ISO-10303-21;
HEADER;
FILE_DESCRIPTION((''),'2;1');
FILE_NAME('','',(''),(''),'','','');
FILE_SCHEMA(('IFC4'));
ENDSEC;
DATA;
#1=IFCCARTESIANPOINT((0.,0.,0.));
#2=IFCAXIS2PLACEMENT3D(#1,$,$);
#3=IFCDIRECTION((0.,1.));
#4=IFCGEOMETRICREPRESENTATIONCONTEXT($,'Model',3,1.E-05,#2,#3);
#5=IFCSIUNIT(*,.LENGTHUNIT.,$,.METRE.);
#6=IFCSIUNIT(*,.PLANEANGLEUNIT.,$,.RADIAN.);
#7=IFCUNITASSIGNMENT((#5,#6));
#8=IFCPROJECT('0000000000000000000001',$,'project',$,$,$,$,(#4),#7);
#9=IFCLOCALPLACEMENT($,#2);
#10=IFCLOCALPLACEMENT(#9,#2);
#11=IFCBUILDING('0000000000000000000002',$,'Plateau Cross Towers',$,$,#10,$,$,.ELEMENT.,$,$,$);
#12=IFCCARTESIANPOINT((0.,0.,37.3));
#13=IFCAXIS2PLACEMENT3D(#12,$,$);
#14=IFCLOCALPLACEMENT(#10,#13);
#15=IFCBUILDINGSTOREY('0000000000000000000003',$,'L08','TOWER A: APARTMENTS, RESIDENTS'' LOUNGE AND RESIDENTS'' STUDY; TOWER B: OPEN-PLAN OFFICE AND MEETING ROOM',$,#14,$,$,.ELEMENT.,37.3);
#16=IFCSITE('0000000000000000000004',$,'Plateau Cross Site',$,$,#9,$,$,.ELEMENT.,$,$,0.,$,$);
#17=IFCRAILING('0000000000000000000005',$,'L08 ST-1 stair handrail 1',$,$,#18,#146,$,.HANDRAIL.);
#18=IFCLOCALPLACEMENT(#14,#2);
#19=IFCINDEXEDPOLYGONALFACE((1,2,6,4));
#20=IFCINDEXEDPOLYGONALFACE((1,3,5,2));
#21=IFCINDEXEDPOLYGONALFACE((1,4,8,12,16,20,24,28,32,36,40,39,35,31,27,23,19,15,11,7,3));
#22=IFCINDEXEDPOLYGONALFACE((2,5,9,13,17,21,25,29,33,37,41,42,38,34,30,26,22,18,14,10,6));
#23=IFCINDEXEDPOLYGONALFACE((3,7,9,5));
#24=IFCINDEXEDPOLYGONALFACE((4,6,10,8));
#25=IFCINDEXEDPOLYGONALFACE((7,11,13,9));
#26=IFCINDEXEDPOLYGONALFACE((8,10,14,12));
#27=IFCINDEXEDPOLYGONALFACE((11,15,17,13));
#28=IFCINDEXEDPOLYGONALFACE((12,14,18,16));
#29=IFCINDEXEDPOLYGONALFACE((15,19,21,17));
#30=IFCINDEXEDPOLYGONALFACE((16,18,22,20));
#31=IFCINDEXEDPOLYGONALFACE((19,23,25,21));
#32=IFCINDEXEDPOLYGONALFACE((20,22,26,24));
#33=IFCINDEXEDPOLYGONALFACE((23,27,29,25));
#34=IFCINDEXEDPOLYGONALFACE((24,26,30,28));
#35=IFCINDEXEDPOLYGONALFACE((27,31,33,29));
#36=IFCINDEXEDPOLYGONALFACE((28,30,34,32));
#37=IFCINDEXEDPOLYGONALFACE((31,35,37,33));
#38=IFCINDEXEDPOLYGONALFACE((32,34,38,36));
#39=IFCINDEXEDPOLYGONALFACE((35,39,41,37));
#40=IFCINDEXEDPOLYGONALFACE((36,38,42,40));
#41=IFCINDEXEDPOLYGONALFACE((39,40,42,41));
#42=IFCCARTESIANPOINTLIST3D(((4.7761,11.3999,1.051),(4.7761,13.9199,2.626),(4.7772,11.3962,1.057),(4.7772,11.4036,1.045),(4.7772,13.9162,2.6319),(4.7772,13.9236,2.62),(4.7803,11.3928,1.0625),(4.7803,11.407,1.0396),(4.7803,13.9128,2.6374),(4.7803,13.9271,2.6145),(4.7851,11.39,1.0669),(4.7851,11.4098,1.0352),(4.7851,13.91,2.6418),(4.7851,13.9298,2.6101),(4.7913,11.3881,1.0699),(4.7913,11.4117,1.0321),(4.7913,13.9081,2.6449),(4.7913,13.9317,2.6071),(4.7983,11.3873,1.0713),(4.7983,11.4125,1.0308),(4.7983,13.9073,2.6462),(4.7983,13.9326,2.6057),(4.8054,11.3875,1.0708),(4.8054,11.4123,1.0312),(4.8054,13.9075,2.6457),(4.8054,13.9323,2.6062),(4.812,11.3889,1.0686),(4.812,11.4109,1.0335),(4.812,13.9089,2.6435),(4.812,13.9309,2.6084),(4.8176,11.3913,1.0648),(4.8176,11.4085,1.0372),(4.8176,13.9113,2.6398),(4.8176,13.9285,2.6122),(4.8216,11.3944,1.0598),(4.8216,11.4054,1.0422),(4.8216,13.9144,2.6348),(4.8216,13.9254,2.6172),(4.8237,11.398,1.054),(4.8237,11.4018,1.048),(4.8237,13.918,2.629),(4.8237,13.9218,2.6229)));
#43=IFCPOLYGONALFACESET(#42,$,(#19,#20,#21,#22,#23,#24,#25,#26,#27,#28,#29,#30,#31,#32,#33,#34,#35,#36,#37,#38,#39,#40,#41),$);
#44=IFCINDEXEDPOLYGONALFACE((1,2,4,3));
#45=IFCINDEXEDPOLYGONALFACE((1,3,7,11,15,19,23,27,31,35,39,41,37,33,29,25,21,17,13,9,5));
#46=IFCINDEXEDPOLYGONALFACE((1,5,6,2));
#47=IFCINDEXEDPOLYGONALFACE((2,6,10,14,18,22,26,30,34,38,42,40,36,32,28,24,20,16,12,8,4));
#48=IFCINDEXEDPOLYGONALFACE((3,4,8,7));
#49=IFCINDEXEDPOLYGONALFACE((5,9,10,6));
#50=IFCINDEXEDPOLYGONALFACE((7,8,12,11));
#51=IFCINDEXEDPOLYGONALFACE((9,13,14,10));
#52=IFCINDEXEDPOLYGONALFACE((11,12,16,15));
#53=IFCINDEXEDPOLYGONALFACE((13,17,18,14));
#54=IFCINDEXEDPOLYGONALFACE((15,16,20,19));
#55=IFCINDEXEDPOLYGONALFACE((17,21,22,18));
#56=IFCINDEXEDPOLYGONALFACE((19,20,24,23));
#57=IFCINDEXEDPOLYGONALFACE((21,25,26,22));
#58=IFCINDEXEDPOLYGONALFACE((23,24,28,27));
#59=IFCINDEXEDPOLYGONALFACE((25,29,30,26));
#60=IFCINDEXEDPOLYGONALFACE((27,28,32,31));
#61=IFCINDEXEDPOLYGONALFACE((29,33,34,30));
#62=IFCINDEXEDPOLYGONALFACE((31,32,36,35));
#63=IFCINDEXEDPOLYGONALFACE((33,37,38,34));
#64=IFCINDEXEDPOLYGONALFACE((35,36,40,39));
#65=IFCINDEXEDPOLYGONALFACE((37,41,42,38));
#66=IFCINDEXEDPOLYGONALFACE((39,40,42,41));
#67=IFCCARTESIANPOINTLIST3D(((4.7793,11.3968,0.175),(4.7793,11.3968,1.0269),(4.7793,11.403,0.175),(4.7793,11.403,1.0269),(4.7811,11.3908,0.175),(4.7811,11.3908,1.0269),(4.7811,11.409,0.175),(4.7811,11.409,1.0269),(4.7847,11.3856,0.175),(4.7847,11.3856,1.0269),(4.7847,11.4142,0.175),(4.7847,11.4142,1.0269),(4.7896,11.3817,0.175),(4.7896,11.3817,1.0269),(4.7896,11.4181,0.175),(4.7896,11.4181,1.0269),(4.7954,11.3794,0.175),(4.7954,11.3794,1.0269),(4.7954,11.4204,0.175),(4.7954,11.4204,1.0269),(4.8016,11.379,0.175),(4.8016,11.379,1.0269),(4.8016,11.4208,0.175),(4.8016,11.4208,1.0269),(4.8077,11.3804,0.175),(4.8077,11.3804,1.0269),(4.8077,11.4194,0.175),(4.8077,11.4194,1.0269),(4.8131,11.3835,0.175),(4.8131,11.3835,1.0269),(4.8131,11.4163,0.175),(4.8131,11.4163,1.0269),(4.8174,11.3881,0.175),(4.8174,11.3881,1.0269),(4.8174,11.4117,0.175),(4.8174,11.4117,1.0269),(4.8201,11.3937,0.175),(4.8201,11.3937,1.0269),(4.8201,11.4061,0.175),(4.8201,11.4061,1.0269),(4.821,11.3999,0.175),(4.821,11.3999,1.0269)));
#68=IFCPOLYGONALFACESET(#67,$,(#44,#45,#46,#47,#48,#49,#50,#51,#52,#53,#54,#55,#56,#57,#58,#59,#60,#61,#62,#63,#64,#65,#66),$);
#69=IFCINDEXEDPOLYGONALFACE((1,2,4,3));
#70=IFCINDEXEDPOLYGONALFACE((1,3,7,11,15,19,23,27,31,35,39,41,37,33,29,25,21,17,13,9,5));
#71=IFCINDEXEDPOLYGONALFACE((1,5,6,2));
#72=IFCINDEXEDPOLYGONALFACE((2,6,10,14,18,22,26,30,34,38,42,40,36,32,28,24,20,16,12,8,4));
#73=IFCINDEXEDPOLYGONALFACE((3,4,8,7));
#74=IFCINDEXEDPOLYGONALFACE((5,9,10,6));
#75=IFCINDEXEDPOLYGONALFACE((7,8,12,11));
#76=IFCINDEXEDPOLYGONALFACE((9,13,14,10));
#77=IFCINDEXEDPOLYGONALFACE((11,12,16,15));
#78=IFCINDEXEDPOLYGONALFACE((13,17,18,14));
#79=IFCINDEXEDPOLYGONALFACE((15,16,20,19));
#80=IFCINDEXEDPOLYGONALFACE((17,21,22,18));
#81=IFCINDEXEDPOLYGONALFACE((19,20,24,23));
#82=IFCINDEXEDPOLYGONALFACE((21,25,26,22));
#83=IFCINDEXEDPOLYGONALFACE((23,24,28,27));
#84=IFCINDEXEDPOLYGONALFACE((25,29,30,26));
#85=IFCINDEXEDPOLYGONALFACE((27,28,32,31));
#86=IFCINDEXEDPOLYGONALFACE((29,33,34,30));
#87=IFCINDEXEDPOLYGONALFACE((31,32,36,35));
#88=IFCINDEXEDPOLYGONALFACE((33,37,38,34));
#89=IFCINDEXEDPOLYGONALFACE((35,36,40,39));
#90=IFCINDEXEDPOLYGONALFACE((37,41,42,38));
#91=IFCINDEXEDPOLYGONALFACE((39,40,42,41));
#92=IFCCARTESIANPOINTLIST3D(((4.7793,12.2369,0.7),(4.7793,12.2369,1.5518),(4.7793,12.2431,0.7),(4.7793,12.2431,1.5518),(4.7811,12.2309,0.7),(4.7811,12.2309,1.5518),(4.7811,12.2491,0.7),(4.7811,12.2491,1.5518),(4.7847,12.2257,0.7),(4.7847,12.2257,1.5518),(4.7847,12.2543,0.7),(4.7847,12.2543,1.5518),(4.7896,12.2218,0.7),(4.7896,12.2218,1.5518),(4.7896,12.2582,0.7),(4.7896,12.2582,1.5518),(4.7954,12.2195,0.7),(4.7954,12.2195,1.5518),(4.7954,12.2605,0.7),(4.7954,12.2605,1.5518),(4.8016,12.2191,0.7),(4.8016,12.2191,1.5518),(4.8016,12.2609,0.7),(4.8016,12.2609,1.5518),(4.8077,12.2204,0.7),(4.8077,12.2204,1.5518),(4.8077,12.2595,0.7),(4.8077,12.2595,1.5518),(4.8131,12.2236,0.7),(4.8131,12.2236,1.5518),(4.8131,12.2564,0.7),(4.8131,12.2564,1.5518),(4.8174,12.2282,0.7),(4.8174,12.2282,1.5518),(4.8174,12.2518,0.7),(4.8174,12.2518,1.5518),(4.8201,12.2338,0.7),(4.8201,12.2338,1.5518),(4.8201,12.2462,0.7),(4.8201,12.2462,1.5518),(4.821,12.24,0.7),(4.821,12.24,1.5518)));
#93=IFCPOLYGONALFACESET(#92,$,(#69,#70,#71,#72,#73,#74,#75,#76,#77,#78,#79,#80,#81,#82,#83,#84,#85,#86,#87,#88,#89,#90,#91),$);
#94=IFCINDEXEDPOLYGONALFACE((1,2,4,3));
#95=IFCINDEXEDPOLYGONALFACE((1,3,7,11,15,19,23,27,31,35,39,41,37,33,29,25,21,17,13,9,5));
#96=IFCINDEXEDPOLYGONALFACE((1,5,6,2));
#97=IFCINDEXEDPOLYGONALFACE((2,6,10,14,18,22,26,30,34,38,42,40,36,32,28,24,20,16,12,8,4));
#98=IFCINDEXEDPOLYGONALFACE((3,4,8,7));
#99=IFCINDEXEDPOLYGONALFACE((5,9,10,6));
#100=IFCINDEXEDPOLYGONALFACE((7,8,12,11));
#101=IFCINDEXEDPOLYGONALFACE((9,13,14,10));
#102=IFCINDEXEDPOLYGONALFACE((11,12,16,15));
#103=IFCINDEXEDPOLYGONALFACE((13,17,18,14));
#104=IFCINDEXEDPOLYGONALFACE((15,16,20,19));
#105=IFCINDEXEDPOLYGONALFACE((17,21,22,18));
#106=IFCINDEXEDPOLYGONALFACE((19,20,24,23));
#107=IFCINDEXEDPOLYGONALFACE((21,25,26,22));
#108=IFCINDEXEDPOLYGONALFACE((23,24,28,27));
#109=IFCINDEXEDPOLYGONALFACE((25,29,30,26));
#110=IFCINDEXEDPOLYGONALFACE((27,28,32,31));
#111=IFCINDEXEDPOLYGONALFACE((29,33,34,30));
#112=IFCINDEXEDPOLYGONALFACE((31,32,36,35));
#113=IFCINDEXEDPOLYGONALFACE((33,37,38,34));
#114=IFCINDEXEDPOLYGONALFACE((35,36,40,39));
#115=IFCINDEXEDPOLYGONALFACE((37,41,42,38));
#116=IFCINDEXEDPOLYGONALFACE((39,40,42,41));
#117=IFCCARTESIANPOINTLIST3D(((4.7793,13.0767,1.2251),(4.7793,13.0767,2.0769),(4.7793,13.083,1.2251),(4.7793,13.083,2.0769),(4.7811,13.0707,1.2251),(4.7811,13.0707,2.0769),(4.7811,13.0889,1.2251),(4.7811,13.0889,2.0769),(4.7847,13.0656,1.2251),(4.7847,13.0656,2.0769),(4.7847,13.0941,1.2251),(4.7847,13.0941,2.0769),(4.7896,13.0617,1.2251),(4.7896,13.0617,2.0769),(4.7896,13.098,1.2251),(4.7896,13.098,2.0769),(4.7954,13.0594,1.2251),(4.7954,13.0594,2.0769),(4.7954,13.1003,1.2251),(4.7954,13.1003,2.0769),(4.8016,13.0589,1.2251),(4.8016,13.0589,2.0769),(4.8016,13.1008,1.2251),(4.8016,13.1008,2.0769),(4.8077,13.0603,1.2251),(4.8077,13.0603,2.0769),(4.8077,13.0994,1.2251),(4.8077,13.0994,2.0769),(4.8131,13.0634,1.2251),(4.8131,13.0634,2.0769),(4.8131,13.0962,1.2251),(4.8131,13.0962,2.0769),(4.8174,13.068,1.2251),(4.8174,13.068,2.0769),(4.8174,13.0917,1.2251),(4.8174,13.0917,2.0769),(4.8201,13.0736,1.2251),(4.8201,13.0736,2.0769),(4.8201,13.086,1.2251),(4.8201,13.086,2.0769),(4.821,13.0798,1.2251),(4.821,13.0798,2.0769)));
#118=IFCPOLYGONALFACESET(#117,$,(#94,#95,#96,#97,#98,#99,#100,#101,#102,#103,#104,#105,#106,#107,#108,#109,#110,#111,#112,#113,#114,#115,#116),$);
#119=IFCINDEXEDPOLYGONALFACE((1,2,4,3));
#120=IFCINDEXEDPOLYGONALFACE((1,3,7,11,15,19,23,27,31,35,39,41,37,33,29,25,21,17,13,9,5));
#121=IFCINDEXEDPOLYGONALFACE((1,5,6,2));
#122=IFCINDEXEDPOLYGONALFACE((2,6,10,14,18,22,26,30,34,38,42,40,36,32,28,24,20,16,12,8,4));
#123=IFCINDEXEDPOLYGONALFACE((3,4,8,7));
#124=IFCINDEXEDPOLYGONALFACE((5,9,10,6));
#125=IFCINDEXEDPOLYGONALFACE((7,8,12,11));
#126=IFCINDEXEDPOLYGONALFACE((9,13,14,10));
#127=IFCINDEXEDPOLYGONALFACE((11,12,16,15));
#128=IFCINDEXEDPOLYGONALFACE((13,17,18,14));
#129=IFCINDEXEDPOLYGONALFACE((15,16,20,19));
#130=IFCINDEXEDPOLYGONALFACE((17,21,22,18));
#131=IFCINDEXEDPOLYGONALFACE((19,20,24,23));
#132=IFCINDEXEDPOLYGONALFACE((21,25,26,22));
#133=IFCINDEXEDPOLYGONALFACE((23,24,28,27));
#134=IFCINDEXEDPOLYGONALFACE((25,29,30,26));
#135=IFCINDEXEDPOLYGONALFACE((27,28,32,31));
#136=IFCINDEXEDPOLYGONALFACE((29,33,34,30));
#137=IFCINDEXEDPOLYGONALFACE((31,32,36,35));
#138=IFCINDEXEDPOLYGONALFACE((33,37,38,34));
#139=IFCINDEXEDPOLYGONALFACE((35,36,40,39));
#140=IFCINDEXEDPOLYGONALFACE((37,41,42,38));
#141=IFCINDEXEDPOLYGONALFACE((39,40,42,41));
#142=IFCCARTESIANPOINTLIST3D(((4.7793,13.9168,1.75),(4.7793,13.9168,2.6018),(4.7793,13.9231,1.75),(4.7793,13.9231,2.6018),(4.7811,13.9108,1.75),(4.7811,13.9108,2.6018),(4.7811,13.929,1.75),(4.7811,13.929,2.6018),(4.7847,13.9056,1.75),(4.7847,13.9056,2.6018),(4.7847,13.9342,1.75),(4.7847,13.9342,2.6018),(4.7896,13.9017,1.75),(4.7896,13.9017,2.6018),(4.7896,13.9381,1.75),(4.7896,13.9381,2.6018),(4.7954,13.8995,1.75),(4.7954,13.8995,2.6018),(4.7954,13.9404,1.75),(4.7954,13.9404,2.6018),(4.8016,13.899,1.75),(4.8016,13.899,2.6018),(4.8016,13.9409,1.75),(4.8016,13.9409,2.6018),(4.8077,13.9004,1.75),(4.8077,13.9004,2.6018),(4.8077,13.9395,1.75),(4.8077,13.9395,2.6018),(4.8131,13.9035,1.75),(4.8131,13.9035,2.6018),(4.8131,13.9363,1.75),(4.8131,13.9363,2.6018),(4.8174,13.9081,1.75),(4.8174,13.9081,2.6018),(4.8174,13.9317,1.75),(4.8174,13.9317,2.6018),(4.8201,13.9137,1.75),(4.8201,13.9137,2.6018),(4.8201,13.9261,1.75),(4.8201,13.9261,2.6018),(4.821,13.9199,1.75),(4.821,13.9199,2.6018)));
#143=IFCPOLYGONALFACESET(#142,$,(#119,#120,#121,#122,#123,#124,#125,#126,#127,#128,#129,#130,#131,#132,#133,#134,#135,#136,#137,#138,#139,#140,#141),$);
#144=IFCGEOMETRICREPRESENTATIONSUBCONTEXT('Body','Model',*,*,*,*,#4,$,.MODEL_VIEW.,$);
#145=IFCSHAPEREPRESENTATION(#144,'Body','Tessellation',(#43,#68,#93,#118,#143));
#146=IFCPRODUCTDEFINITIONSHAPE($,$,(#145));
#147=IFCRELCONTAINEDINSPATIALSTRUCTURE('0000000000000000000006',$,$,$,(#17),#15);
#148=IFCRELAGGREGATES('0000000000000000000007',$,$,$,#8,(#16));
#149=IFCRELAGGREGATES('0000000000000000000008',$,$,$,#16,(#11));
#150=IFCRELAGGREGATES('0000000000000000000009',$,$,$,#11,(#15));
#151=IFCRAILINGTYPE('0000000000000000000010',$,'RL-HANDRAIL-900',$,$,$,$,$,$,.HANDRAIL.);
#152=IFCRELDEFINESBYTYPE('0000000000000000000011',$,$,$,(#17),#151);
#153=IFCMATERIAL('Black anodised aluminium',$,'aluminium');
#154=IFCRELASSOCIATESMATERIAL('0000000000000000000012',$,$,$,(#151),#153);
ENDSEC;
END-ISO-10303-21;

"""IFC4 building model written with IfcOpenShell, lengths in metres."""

from ifc_helpers import new_model, si_unit, direction, frame, origin, origin_2d, place, context, subcontext, project, spatial, circle, extrude, material, type_object, element, save


model = new_model("IFC4")

# Units and contexts
model_context = context("Model", 3, precision=1e-05, world=origin(), true_north=direction((0.0, 1.0)))
body_context = subcontext(model_context, "Body", "Model", "MODEL_VIEW")
ifc_project = project(units=[si_unit("LENGTHUNIT", "METRE"), si_unit("PLANEANGLEUNIT", "RADIAN")], contexts=[model_context])

# Site, building, storey
site_placement = place(None, origin())
site = spatial("IfcSite", under=ifc_project, at=site_placement, Name="Plateau Cross Site", CompositionType="ELEMENT", RefElevation=0.0)
building_placement = place(site_placement, origin())
building = spatial("IfcBuilding", under=site, at=building_placement, Name="Plateau Cross Towers", CompositionType="ELEMENT")
storey_placement = place(building_placement, frame((0.0, 0.0, 37.3)))
storey = spatial("IfcBuildingStorey", under=building, at=storey_placement, Name="L08", Description="TOWER A: APARTMENTS, RESIDENTS' LOUNGE AND RESIDENTS' STUDY; TOWER B: OPEN-PLAN OFFICE AND MEETING ROOM", CompositionType="ELEMENT", Elevation=37.3)

# Shared definitions
ifc_material_1 = material(Name="Black anodised aluminium", Category="aluminium")

# Railing
railing_type_1 = type_object("IfcRailingType", Name="RL-HANDRAIL-900", PredefinedType="HANDRAIL", material=ifc_material_1)
railing_1_placement = place(storey_placement, frame((4.8, 11.3999, 0.175)))
element("IfcRailing", 1, at=railing_1_placement, inside=storey, type_object=railing_type_1, Name="L08 ST-1 stair handrail 1", PredefinedType="HANDRAIL", context=body_context, shape_type="SweptSolid", body=[
    extrude(circle(Radius=0.0239, at=origin_2d()), frame((0.0, 0.0, 0.876), z_axis=(0.0, 0.848008, 0.529984), x_axis=(-1.0, 0.0, 0.0)), (0.0, 0.0, 1.0), 2.9717),
    extrude(circle(Radius=0.021, at=origin_2d()), origin(), (0.0, 0.0, 1.0), 0.8518),
    extrude(circle(Radius=0.021, at=origin_2d()), frame((0.0, 0.8401, 0.5249)), (0.0, 0.0, 1.0), 0.8518),
    extrude(circle(Radius=0.021, at=origin_2d()), frame((0.0, 1.6799, 1.05)), (0.0, 0.0, 1.0), 0.8518),
    extrude(circle(Radius=0.021, at=origin_2d()), frame((0.0, 2.52, 1.575)), (0.0, 0.0, 1.0), 0.8518),
])

save(model, "model.ifc")
